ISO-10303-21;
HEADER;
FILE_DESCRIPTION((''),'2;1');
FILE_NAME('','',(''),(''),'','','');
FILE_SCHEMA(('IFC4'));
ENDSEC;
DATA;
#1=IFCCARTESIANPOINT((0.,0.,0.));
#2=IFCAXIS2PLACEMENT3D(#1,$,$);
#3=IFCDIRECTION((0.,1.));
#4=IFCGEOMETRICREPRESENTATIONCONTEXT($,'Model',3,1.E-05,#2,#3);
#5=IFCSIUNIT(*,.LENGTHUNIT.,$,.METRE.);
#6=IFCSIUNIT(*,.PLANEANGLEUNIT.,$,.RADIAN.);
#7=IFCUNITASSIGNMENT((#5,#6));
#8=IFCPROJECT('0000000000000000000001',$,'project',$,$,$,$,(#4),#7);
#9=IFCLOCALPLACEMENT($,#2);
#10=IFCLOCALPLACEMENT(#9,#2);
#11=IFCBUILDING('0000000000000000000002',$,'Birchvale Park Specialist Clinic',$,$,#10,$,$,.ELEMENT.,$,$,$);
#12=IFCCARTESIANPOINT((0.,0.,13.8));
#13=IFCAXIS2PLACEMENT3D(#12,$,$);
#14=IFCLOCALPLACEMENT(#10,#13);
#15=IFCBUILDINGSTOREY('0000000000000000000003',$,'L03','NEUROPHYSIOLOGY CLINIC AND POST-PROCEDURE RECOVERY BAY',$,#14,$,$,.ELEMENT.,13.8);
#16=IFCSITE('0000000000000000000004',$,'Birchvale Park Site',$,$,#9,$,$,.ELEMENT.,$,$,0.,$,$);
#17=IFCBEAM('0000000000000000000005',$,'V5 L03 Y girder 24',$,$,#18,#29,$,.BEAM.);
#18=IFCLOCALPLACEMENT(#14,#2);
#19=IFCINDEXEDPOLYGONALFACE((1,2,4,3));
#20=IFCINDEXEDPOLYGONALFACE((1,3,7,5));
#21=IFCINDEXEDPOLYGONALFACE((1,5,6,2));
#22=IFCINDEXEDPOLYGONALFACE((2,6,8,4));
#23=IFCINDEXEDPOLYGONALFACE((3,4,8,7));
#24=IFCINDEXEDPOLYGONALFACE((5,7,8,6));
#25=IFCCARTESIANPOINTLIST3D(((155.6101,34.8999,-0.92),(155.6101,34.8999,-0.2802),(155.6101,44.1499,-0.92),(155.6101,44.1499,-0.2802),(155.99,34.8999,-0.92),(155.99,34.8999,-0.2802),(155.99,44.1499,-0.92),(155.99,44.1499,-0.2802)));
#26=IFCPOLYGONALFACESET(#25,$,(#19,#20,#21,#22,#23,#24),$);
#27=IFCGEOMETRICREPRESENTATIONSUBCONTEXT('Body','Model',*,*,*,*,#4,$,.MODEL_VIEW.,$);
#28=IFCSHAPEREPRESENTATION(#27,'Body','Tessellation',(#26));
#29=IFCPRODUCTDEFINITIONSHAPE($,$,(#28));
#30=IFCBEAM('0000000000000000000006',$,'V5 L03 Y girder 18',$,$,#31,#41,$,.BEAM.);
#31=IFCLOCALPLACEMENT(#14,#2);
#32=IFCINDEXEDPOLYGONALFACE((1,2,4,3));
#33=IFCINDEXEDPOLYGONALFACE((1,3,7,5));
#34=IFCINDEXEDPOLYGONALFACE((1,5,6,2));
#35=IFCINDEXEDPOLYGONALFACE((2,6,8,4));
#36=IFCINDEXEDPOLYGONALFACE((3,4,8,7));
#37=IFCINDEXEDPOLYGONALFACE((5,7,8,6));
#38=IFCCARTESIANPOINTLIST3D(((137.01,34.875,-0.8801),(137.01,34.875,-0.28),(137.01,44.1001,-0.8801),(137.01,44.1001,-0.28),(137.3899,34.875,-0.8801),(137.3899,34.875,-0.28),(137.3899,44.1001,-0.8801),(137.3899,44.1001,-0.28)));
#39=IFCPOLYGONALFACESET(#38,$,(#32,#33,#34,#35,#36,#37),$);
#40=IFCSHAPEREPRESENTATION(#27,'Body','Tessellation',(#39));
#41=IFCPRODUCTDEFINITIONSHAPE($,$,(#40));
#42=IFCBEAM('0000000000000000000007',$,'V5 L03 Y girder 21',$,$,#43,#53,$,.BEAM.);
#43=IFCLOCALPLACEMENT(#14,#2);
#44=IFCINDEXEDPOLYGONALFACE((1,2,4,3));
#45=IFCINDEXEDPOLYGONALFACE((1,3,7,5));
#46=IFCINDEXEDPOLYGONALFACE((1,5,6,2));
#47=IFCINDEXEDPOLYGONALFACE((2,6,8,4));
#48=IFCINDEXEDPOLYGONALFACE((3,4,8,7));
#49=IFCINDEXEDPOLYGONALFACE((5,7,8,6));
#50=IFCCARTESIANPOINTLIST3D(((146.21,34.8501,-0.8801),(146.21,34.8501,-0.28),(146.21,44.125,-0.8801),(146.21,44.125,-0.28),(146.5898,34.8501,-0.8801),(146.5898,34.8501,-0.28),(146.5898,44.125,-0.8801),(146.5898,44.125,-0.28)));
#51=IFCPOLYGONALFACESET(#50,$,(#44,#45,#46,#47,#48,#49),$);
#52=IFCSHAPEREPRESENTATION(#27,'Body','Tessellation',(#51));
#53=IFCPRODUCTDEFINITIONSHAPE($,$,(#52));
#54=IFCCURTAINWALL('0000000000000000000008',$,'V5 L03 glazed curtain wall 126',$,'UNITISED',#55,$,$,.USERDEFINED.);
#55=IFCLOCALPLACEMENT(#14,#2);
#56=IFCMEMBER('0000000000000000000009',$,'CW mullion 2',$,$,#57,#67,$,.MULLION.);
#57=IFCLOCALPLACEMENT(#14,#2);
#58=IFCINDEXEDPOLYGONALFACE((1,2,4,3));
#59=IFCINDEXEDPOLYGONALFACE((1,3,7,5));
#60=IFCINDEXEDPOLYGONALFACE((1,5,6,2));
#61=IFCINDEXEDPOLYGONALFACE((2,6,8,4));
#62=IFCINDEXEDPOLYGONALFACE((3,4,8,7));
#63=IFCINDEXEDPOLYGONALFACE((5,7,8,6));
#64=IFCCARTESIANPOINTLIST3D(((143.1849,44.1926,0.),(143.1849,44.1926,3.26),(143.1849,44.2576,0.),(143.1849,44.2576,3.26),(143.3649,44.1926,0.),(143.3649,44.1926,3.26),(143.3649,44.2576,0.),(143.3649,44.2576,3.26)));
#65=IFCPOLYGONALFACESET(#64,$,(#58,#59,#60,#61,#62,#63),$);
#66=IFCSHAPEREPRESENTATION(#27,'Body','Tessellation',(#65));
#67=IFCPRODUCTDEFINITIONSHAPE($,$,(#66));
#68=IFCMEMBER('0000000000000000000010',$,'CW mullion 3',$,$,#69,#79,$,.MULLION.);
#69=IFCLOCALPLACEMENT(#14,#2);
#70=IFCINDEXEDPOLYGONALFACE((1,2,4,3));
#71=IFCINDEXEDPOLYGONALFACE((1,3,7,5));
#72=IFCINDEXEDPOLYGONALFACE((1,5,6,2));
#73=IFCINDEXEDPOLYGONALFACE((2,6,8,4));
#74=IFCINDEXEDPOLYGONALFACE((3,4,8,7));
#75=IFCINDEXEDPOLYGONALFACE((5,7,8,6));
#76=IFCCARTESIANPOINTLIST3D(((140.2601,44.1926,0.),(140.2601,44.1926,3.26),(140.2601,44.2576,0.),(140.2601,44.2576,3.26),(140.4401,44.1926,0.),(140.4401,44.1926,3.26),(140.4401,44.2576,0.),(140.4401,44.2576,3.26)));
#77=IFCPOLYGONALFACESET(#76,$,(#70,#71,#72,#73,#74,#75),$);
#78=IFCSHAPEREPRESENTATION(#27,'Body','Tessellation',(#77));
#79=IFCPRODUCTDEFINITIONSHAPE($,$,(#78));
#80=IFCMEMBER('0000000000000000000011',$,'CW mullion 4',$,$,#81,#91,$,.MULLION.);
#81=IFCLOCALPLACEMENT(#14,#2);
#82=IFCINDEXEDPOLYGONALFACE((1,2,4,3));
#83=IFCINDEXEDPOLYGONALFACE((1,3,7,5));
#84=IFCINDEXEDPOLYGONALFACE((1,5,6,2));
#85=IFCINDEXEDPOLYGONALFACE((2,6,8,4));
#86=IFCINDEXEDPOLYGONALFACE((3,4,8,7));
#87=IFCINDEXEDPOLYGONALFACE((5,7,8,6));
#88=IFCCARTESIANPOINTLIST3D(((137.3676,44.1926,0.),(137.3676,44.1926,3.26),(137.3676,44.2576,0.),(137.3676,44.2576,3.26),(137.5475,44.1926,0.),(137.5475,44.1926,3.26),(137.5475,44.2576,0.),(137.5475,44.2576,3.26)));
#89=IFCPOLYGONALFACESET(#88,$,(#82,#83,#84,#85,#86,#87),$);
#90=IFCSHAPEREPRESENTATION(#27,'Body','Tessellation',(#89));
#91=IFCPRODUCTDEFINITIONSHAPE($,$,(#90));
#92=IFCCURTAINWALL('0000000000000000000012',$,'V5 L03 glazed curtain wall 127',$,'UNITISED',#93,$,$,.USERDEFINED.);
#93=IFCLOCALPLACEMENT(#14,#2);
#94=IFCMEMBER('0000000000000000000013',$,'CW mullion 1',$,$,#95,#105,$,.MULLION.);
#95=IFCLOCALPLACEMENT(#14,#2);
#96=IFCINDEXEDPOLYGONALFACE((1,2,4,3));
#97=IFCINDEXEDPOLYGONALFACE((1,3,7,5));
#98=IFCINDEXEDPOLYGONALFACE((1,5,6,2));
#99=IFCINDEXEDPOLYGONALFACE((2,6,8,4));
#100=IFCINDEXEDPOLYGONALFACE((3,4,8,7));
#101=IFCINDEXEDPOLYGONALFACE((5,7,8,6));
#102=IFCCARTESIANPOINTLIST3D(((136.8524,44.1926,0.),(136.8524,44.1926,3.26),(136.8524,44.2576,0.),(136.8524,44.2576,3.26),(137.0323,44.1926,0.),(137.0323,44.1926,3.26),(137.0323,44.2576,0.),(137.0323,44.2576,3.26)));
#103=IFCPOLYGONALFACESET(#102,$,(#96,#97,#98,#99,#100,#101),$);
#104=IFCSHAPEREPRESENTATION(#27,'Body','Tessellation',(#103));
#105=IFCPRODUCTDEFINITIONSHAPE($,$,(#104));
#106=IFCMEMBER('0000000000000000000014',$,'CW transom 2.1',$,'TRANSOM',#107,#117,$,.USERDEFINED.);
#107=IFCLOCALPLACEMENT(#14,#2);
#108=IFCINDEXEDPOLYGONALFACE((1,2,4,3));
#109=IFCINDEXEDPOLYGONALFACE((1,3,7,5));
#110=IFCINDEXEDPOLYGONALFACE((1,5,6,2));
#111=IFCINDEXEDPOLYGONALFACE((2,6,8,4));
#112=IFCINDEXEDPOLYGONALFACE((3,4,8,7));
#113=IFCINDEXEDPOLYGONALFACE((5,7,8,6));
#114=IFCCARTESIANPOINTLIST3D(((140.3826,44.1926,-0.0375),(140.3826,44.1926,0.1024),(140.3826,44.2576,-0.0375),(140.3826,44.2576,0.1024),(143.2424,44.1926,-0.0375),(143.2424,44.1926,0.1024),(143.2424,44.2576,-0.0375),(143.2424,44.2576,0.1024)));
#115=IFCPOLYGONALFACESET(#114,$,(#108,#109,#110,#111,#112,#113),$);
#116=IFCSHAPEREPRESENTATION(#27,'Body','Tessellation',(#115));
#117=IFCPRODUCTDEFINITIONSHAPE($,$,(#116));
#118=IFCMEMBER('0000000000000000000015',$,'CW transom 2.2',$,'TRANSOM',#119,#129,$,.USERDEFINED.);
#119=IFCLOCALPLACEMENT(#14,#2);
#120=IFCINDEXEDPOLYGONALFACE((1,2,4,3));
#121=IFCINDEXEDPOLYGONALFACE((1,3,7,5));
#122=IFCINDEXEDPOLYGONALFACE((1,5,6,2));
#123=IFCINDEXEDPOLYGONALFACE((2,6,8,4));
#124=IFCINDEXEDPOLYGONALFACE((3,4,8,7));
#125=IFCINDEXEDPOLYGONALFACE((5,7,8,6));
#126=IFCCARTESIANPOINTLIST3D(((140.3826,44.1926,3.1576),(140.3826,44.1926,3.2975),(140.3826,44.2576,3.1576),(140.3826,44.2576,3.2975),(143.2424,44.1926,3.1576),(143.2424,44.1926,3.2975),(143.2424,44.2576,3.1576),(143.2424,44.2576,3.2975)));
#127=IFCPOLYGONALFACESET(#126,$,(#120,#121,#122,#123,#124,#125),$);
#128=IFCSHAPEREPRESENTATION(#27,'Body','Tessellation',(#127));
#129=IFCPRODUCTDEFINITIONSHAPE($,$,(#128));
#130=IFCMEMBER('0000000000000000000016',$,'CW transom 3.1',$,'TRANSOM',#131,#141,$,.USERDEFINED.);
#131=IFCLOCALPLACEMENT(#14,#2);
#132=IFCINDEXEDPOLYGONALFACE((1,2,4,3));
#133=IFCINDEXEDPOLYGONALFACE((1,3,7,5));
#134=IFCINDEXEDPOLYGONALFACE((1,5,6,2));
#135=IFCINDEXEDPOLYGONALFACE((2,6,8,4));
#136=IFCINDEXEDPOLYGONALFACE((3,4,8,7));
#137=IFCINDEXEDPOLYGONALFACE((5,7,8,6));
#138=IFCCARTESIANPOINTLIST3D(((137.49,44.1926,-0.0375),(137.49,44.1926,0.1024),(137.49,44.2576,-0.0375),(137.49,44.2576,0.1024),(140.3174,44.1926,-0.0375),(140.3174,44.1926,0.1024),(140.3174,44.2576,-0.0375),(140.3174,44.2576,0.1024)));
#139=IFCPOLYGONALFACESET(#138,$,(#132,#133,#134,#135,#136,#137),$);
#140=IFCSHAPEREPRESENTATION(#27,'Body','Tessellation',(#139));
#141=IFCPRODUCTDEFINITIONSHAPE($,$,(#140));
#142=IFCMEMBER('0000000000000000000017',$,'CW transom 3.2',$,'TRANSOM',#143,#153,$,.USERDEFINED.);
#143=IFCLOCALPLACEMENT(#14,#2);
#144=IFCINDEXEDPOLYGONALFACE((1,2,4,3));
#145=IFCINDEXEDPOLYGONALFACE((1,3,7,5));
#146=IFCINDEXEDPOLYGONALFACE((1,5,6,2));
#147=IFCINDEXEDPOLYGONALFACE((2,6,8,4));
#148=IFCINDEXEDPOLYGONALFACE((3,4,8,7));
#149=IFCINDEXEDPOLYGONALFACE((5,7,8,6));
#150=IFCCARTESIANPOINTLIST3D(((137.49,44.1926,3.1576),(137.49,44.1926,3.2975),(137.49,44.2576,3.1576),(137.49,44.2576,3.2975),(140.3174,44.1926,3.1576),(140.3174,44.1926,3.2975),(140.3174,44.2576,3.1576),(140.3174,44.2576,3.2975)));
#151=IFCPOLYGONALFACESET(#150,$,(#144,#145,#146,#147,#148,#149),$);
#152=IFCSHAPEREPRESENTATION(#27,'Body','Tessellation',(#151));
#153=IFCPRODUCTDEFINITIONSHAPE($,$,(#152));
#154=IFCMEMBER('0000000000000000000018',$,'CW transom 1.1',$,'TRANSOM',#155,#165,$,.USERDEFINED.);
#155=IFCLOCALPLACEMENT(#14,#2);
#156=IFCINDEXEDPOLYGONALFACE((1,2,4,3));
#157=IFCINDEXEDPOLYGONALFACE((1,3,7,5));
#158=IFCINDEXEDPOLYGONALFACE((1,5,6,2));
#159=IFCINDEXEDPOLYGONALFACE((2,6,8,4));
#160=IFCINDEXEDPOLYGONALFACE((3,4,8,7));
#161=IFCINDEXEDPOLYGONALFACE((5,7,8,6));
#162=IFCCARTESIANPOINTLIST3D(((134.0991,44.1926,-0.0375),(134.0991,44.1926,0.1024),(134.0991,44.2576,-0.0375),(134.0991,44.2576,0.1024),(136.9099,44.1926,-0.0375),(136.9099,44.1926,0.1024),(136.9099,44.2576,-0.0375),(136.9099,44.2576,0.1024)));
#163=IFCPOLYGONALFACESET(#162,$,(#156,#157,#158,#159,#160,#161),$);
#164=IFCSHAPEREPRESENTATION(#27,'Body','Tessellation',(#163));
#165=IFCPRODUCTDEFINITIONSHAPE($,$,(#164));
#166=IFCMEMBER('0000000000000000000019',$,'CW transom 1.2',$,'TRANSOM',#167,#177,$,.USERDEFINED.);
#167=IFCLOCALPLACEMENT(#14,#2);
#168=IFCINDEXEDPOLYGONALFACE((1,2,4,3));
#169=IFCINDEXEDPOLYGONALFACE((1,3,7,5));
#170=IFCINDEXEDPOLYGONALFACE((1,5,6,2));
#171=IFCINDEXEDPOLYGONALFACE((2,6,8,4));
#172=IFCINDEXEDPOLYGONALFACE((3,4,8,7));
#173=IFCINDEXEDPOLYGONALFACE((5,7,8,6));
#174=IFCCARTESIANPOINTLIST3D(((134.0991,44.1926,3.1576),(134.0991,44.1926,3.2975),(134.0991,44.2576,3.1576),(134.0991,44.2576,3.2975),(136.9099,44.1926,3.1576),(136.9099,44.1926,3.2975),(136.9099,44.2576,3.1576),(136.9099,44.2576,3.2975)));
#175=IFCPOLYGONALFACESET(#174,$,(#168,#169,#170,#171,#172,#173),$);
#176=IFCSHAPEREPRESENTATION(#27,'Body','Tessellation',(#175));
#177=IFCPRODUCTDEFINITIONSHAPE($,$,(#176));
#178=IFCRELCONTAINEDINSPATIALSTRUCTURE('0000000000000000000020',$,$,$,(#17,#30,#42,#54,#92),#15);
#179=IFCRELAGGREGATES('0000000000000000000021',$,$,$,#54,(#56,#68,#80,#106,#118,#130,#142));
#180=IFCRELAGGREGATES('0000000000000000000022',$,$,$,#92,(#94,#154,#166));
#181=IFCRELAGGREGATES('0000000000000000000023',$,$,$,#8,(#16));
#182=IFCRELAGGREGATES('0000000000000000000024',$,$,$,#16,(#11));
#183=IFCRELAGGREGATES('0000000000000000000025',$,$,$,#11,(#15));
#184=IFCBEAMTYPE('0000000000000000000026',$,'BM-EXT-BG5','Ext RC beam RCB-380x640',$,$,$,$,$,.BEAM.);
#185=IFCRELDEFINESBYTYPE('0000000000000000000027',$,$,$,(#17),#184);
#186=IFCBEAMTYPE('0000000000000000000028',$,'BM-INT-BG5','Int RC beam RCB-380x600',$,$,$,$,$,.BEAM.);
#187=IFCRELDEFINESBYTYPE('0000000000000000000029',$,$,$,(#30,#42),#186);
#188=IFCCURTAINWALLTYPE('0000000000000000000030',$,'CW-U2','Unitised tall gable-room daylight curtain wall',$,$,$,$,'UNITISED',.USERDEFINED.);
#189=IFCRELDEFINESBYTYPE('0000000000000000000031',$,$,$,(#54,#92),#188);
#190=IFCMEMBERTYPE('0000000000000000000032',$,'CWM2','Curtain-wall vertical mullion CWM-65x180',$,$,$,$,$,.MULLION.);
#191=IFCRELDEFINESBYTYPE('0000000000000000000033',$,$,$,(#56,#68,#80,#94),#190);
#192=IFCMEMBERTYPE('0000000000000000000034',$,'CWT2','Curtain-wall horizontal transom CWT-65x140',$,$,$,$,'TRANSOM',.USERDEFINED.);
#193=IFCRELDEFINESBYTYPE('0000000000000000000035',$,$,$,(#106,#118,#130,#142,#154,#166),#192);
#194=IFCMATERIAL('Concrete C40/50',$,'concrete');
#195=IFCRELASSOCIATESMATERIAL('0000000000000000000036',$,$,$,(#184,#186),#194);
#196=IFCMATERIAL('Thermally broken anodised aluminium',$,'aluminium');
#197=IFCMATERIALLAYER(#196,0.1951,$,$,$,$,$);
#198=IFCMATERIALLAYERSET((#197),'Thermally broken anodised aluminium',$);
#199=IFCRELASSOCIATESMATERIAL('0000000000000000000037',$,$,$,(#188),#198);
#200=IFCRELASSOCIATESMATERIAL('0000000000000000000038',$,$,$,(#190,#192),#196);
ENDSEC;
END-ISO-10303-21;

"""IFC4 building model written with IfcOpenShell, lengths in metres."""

from ifc_helpers import new_model, si_unit, direction, frame, origin, origin_2d, place, context, subcontext, project, spatial, rectangle, extrude, material, layer, layer_set, material_profile, profile_set, type_object, element, aggregate, save


model = new_model("IFC4")

# Units and contexts
model_context = context("Model", 3, precision=1e-05, world=origin(), true_north=direction((0.0, 1.0)))
body_context = subcontext(model_context, "Body", "Model", "MODEL_VIEW")
ifc_project = project(units=[si_unit("LENGTHUNIT", "METRE"), si_unit("PLANEANGLEUNIT", "RADIAN")], contexts=[model_context])

# Site, building, storey
site_placement = place(None, origin())
site = spatial("IfcSite", under=ifc_project, at=site_placement, Name="Birchvale Park Site", CompositionType="ELEMENT", RefElevation=0.0)
building_placement = place(site_placement, origin())
building = spatial("IfcBuilding", under=site, at=building_placement, Name="Birchvale Park Specialist Clinic", CompositionType="ELEMENT")
storey_placement = place(building_placement, frame((0.0, 0.0, 13.8)))
storey = spatial("IfcBuildingStorey", under=building, at=storey_placement, Name="L03", Description="NEUROPHYSIOLOGY CLINIC AND POST-PROCEDURE RECOVERY BAY", CompositionType="ELEMENT", Elevation=13.8)

# Beams
ifc_material_1 = material(Name="Concrete C40/50", Category="concrete")
ifc_material_profile_1 = material_profile(ifc_material_1, rectangle(XDim=0.3799, YDim=0.6399, at=origin_2d()), Name="RCB-380x640")
ifc_profile_set_1 = profile_set([ifc_material_profile_1], Name="Concrete C40/50")
beam_type_1 = type_object("IfcBeamType", Name="BM-EXT-BG5", Description="Ext RC beam RCB-380x640", PredefinedType="BEAM", material=ifc_profile_set_1)
beam_1_placement = place(storey_placement, frame((155.8, 34.8999, -0.6001), z_axis=(0.0, 1.0, 0.0), x_axis=(-1.0, 0.0, 0.0)))
element("IfcBeam", 1, at=beam_1_placement, inside=storey, type_object=beam_type_1, Name="V5 L03 Y girder 24", PredefinedType="BEAM", context=body_context, shape_type="SweptSolid", body=[
    extrude(rectangle(XDim=0.3799, YDim=0.6399, at=origin_2d()), origin(), (0.0, 0.0, 1.0), 9.25),
])
ifc_material_profile_2 = material_profile(ifc_material_1, rectangle(XDim=0.3799, YDim=0.6001, at=origin_2d()), Name="RCB-380x600")
ifc_profile_set_2 = profile_set([ifc_material_profile_2], Name="Concrete C40/50")
beam_type_2 = type_object("IfcBeamType", Name="BM-INT-BG5", Description="Int RC beam RCB-380x600", PredefinedType="BEAM", material=ifc_profile_set_2)
beam_2_placement = place(storey_placement, frame((137.2, 34.875, -0.5801), z_axis=(0.0, 1.0, 0.0), x_axis=(-1.0, 0.0, 0.0)))
element("IfcBeam", 2, at=beam_2_placement, inside=storey, type_object=beam_type_2, Name="V5 L03 Y girder 18", PredefinedType="BEAM", context=body_context, shape_type="SweptSolid", body=[
    extrude(rectangle(XDim=0.3799, YDim=0.6001, at=origin_2d()), origin(), (0.0, 0.0, 1.0), 9.2251),
])
beam_3_placement = place(storey_placement, frame((146.3999, 34.8501, -0.5801), z_axis=(0.0, 1.0, 0.0), x_axis=(-1.0, 0.0, 0.0)))
element("IfcBeam", 3, at=beam_3_placement, inside=storey, type_object=beam_type_2, Name="V5 L03 Y girder 21", PredefinedType="BEAM", context=body_context, shape_type="SweptSolid", body=[
    extrude(rectangle(XDim=0.3799, YDim=0.6001, at=origin_2d()), origin(), (0.0, 0.0, 1.0), 9.2749),
])

# Curtain wall, members
ifc_material_2 = material(Name="Thermally broken anodised aluminium", Category="aluminium")
ifc_layer_1 = layer(ifc_material_2, 0.1951)
ifc_layer_set_1 = layer_set([ifc_layer_1], Name="Thermally broken anodised aluminium")
curtain_wall_type = type_object("IfcCurtainWallType", Name="CW-U2", Description="Unitised tall gable-room daylight curtain wall", ElementType="UNITISED", PredefinedType="USERDEFINED", material=ifc_layer_set_1)
curtain_wall_1_placement = place(storey_placement, origin())
curtain_wall_1 = element("IfcCurtainWall", 4, at=curtain_wall_1_placement, inside=storey, type_object=curtain_wall_type, Name="V5 L03 glazed curtain wall 126", ObjectType="UNITISED", PredefinedType="USERDEFINED")
ifc_material_profile_3 = material_profile(ifc_material_2, rectangle(XDim=0.0649, YDim=0.1799, at=origin_2d()), Name="CWM-65x180")
ifc_profile_set_3 = profile_set([ifc_material_profile_3], Name="Thermally broken anodised aluminium")
member_type_1 = type_object("IfcMemberType", Name="CWM2", Description="Curtain-wall vertical mullion CWM-65x180", PredefinedType="MULLION", material=ifc_profile_set_3)
member_1_placement = place(storey_placement, frame((143.2749, 44.2251, 0.0), z_axis=(0.0, 0.0, 1.0), x_axis=(0.0, -1.0, 0.0)))
member_1 = element("IfcMember", 5, at=member_1_placement, type_object=member_type_1, Name="CW mullion 2", PredefinedType="MULLION", context=body_context, shape_type="SweptSolid", body=[
    extrude(rectangle(XDim=0.0649, YDim=0.1799, at=origin_2d()), origin(), (0.0, 0.0, 1.0), 3.26),
])
member_2_placement = place(storey_placement, frame((140.3501, 44.2251, 0.0), z_axis=(0.0, 0.0, 1.0), x_axis=(0.0, -1.0, 0.0)))
member_2 = element("IfcMember", 6, at=member_2_placement, type_object=member_type_1, Name="CW mullion 3", PredefinedType="MULLION", context=body_context, shape_type="SweptSolid", body=[
    extrude(rectangle(XDim=0.0649, YDim=0.1799, at=origin_2d()), origin(), (0.0, 0.0, 1.0), 3.26),
])
member_3_placement = place(storey_placement, frame((137.4575, 44.2251, 0.0), z_axis=(0.0, 0.0, 1.0), x_axis=(0.0, -1.0, 0.0)))
member_3 = element("IfcMember", 7, at=member_3_placement, type_object=member_type_1, Name="CW mullion 4", PredefinedType="MULLION", context=body_context, shape_type="SweptSolid", body=[
    extrude(rectangle(XDim=0.0649, YDim=0.1799, at=origin_2d()), origin(), (0.0, 0.0, 1.0), 3.26),
])

# Curtain wall, member
curtain_wall_2_placement = place(storey_placement, origin())
curtain_wall_2 = element("IfcCurtainWall", 8, at=curtain_wall_2_placement, inside=storey, type_object=curtain_wall_type, Name="V5 L03 glazed curtain wall 127", ObjectType="UNITISED", PredefinedType="USERDEFINED")
member_4_placement = place(storey_placement, frame((136.9424, 44.2251, 0.0), z_axis=(0.0, 0.0, 1.0), x_axis=(0.0, -1.0, 0.0)))
member_4 = element("IfcMember", 9, at=member_4_placement, type_object=member_type_1, Name="CW mullion 1", PredefinedType="MULLION", context=body_context, shape_type="SweptSolid", body=[
    extrude(rectangle(XDim=0.0649, YDim=0.1799, at=origin_2d()), origin(), (0.0, 0.0, 1.0), 3.26),
])

# Members
ifc_material_profile_4 = material_profile(ifc_material_2, rectangle(XDim=0.0649, YDim=0.1399, at=origin_2d()), Name="CWT-65x140")
ifc_profile_set_4 = profile_set([ifc_material_profile_4], Name="Thermally broken anodised aluminium")
member_type_2 = type_object("IfcMemberType", Name="CWT2", Description="Curtain-wall horizontal transom CWT-65x140", ElementType="TRANSOM", PredefinedType="USERDEFINED", material=ifc_profile_set_4)
member_5_placement = place(storey_placement, frame((143.2424, 44.2251, 0.0325), z_axis=(-1.0, 0.0, 0.0), x_axis=(0.0, -1.0, 0.0)))
member_5 = element("IfcMember", 10, at=member_5_placement, type_object=member_type_2, Name="CW transom 2.1", ObjectType="TRANSOM", PredefinedType="USERDEFINED", context=body_context, shape_type="SweptSolid", body=[
    extrude(rectangle(XDim=0.0649, YDim=0.1399, at=origin_2d()), origin(), (0.0, 0.0, 1.0), 2.8599),
])
member_6_placement = place(storey_placement, frame((143.2424, 44.2251, 3.2275), z_axis=(-1.0, 0.0, 0.0), x_axis=(0.0, -1.0, 0.0)))
member_6 = element("IfcMember", 11, at=member_6_placement, type_object=member_type_2, Name="CW transom 2.2", ObjectType="TRANSOM", PredefinedType="USERDEFINED", context=body_context, shape_type="SweptSolid", body=[
    extrude(rectangle(XDim=0.0649, YDim=0.1399, at=origin_2d()), origin(), (0.0, 0.0, 1.0), 2.8599),
])
member_7_placement = place(storey_placement, frame((140.3174, 44.2251, 0.0325), z_axis=(-1.0, 0.0, 0.0), x_axis=(0.0, -1.0, 0.0)))
member_7 = element("IfcMember", 12, at=member_7_placement, type_object=member_type_2, Name="CW transom 3.1", ObjectType="TRANSOM", PredefinedType="USERDEFINED", context=body_context, shape_type="SweptSolid", body=[
    extrude(rectangle(XDim=0.0649, YDim=0.1399, at=origin_2d()), origin(), (0.0, 0.0, 1.0), 2.8274),
])
member_8_placement = place(storey_placement, frame((140.3174, 44.2251, 3.2275), z_axis=(-1.0, 0.0, 0.0), x_axis=(0.0, -1.0, 0.0)))
member_8 = element("IfcMember", 13, at=member_8_placement, type_object=member_type_2, Name="CW transom 3.2", ObjectType="TRANSOM", PredefinedType="USERDEFINED", context=body_context, shape_type="SweptSolid", body=[
    extrude(rectangle(XDim=0.0649, YDim=0.1399, at=origin_2d()), origin(), (0.0, 0.0, 1.0), 2.8274),
])
member_9_placement = place(storey_placement, frame((136.9099, 44.2251, 0.0325), z_axis=(-1.0, 0.0, 0.0), x_axis=(0.0, -1.0, 0.0)))
member_9 = element("IfcMember", 14, at=member_9_placement, type_object=member_type_2, Name="CW transom 1.1", ObjectType="TRANSOM", PredefinedType="USERDEFINED", context=body_context, shape_type="SweptSolid", body=[
    extrude(rectangle(XDim=0.0649, YDim=0.1399, at=origin_2d()), origin(), (0.0, 0.0, 1.0), 2.8108),
])
member_10_placement = place(storey_placement, frame((136.9099, 44.2251, 3.2275), z_axis=(-1.0, 0.0, 0.0), x_axis=(0.0, -1.0, 0.0)))
member_10 = element("IfcMember", 15, at=member_10_placement, type_object=member_type_2, Name="CW transom 1.2", ObjectType="TRANSOM", PredefinedType="USERDEFINED", context=body_context, shape_type="SweptSolid", body=[
    extrude(rectangle(XDim=0.0649, YDim=0.1399, at=origin_2d()), origin(), (0.0, 0.0, 1.0), 2.8108),
])

aggregate(curtain_wall_1, [member_1, member_2, member_3, member_5, member_6, member_7, member_8])
aggregate(curtain_wall_2, [member_4, member_9, member_10])

save(model, "model.ifc")
